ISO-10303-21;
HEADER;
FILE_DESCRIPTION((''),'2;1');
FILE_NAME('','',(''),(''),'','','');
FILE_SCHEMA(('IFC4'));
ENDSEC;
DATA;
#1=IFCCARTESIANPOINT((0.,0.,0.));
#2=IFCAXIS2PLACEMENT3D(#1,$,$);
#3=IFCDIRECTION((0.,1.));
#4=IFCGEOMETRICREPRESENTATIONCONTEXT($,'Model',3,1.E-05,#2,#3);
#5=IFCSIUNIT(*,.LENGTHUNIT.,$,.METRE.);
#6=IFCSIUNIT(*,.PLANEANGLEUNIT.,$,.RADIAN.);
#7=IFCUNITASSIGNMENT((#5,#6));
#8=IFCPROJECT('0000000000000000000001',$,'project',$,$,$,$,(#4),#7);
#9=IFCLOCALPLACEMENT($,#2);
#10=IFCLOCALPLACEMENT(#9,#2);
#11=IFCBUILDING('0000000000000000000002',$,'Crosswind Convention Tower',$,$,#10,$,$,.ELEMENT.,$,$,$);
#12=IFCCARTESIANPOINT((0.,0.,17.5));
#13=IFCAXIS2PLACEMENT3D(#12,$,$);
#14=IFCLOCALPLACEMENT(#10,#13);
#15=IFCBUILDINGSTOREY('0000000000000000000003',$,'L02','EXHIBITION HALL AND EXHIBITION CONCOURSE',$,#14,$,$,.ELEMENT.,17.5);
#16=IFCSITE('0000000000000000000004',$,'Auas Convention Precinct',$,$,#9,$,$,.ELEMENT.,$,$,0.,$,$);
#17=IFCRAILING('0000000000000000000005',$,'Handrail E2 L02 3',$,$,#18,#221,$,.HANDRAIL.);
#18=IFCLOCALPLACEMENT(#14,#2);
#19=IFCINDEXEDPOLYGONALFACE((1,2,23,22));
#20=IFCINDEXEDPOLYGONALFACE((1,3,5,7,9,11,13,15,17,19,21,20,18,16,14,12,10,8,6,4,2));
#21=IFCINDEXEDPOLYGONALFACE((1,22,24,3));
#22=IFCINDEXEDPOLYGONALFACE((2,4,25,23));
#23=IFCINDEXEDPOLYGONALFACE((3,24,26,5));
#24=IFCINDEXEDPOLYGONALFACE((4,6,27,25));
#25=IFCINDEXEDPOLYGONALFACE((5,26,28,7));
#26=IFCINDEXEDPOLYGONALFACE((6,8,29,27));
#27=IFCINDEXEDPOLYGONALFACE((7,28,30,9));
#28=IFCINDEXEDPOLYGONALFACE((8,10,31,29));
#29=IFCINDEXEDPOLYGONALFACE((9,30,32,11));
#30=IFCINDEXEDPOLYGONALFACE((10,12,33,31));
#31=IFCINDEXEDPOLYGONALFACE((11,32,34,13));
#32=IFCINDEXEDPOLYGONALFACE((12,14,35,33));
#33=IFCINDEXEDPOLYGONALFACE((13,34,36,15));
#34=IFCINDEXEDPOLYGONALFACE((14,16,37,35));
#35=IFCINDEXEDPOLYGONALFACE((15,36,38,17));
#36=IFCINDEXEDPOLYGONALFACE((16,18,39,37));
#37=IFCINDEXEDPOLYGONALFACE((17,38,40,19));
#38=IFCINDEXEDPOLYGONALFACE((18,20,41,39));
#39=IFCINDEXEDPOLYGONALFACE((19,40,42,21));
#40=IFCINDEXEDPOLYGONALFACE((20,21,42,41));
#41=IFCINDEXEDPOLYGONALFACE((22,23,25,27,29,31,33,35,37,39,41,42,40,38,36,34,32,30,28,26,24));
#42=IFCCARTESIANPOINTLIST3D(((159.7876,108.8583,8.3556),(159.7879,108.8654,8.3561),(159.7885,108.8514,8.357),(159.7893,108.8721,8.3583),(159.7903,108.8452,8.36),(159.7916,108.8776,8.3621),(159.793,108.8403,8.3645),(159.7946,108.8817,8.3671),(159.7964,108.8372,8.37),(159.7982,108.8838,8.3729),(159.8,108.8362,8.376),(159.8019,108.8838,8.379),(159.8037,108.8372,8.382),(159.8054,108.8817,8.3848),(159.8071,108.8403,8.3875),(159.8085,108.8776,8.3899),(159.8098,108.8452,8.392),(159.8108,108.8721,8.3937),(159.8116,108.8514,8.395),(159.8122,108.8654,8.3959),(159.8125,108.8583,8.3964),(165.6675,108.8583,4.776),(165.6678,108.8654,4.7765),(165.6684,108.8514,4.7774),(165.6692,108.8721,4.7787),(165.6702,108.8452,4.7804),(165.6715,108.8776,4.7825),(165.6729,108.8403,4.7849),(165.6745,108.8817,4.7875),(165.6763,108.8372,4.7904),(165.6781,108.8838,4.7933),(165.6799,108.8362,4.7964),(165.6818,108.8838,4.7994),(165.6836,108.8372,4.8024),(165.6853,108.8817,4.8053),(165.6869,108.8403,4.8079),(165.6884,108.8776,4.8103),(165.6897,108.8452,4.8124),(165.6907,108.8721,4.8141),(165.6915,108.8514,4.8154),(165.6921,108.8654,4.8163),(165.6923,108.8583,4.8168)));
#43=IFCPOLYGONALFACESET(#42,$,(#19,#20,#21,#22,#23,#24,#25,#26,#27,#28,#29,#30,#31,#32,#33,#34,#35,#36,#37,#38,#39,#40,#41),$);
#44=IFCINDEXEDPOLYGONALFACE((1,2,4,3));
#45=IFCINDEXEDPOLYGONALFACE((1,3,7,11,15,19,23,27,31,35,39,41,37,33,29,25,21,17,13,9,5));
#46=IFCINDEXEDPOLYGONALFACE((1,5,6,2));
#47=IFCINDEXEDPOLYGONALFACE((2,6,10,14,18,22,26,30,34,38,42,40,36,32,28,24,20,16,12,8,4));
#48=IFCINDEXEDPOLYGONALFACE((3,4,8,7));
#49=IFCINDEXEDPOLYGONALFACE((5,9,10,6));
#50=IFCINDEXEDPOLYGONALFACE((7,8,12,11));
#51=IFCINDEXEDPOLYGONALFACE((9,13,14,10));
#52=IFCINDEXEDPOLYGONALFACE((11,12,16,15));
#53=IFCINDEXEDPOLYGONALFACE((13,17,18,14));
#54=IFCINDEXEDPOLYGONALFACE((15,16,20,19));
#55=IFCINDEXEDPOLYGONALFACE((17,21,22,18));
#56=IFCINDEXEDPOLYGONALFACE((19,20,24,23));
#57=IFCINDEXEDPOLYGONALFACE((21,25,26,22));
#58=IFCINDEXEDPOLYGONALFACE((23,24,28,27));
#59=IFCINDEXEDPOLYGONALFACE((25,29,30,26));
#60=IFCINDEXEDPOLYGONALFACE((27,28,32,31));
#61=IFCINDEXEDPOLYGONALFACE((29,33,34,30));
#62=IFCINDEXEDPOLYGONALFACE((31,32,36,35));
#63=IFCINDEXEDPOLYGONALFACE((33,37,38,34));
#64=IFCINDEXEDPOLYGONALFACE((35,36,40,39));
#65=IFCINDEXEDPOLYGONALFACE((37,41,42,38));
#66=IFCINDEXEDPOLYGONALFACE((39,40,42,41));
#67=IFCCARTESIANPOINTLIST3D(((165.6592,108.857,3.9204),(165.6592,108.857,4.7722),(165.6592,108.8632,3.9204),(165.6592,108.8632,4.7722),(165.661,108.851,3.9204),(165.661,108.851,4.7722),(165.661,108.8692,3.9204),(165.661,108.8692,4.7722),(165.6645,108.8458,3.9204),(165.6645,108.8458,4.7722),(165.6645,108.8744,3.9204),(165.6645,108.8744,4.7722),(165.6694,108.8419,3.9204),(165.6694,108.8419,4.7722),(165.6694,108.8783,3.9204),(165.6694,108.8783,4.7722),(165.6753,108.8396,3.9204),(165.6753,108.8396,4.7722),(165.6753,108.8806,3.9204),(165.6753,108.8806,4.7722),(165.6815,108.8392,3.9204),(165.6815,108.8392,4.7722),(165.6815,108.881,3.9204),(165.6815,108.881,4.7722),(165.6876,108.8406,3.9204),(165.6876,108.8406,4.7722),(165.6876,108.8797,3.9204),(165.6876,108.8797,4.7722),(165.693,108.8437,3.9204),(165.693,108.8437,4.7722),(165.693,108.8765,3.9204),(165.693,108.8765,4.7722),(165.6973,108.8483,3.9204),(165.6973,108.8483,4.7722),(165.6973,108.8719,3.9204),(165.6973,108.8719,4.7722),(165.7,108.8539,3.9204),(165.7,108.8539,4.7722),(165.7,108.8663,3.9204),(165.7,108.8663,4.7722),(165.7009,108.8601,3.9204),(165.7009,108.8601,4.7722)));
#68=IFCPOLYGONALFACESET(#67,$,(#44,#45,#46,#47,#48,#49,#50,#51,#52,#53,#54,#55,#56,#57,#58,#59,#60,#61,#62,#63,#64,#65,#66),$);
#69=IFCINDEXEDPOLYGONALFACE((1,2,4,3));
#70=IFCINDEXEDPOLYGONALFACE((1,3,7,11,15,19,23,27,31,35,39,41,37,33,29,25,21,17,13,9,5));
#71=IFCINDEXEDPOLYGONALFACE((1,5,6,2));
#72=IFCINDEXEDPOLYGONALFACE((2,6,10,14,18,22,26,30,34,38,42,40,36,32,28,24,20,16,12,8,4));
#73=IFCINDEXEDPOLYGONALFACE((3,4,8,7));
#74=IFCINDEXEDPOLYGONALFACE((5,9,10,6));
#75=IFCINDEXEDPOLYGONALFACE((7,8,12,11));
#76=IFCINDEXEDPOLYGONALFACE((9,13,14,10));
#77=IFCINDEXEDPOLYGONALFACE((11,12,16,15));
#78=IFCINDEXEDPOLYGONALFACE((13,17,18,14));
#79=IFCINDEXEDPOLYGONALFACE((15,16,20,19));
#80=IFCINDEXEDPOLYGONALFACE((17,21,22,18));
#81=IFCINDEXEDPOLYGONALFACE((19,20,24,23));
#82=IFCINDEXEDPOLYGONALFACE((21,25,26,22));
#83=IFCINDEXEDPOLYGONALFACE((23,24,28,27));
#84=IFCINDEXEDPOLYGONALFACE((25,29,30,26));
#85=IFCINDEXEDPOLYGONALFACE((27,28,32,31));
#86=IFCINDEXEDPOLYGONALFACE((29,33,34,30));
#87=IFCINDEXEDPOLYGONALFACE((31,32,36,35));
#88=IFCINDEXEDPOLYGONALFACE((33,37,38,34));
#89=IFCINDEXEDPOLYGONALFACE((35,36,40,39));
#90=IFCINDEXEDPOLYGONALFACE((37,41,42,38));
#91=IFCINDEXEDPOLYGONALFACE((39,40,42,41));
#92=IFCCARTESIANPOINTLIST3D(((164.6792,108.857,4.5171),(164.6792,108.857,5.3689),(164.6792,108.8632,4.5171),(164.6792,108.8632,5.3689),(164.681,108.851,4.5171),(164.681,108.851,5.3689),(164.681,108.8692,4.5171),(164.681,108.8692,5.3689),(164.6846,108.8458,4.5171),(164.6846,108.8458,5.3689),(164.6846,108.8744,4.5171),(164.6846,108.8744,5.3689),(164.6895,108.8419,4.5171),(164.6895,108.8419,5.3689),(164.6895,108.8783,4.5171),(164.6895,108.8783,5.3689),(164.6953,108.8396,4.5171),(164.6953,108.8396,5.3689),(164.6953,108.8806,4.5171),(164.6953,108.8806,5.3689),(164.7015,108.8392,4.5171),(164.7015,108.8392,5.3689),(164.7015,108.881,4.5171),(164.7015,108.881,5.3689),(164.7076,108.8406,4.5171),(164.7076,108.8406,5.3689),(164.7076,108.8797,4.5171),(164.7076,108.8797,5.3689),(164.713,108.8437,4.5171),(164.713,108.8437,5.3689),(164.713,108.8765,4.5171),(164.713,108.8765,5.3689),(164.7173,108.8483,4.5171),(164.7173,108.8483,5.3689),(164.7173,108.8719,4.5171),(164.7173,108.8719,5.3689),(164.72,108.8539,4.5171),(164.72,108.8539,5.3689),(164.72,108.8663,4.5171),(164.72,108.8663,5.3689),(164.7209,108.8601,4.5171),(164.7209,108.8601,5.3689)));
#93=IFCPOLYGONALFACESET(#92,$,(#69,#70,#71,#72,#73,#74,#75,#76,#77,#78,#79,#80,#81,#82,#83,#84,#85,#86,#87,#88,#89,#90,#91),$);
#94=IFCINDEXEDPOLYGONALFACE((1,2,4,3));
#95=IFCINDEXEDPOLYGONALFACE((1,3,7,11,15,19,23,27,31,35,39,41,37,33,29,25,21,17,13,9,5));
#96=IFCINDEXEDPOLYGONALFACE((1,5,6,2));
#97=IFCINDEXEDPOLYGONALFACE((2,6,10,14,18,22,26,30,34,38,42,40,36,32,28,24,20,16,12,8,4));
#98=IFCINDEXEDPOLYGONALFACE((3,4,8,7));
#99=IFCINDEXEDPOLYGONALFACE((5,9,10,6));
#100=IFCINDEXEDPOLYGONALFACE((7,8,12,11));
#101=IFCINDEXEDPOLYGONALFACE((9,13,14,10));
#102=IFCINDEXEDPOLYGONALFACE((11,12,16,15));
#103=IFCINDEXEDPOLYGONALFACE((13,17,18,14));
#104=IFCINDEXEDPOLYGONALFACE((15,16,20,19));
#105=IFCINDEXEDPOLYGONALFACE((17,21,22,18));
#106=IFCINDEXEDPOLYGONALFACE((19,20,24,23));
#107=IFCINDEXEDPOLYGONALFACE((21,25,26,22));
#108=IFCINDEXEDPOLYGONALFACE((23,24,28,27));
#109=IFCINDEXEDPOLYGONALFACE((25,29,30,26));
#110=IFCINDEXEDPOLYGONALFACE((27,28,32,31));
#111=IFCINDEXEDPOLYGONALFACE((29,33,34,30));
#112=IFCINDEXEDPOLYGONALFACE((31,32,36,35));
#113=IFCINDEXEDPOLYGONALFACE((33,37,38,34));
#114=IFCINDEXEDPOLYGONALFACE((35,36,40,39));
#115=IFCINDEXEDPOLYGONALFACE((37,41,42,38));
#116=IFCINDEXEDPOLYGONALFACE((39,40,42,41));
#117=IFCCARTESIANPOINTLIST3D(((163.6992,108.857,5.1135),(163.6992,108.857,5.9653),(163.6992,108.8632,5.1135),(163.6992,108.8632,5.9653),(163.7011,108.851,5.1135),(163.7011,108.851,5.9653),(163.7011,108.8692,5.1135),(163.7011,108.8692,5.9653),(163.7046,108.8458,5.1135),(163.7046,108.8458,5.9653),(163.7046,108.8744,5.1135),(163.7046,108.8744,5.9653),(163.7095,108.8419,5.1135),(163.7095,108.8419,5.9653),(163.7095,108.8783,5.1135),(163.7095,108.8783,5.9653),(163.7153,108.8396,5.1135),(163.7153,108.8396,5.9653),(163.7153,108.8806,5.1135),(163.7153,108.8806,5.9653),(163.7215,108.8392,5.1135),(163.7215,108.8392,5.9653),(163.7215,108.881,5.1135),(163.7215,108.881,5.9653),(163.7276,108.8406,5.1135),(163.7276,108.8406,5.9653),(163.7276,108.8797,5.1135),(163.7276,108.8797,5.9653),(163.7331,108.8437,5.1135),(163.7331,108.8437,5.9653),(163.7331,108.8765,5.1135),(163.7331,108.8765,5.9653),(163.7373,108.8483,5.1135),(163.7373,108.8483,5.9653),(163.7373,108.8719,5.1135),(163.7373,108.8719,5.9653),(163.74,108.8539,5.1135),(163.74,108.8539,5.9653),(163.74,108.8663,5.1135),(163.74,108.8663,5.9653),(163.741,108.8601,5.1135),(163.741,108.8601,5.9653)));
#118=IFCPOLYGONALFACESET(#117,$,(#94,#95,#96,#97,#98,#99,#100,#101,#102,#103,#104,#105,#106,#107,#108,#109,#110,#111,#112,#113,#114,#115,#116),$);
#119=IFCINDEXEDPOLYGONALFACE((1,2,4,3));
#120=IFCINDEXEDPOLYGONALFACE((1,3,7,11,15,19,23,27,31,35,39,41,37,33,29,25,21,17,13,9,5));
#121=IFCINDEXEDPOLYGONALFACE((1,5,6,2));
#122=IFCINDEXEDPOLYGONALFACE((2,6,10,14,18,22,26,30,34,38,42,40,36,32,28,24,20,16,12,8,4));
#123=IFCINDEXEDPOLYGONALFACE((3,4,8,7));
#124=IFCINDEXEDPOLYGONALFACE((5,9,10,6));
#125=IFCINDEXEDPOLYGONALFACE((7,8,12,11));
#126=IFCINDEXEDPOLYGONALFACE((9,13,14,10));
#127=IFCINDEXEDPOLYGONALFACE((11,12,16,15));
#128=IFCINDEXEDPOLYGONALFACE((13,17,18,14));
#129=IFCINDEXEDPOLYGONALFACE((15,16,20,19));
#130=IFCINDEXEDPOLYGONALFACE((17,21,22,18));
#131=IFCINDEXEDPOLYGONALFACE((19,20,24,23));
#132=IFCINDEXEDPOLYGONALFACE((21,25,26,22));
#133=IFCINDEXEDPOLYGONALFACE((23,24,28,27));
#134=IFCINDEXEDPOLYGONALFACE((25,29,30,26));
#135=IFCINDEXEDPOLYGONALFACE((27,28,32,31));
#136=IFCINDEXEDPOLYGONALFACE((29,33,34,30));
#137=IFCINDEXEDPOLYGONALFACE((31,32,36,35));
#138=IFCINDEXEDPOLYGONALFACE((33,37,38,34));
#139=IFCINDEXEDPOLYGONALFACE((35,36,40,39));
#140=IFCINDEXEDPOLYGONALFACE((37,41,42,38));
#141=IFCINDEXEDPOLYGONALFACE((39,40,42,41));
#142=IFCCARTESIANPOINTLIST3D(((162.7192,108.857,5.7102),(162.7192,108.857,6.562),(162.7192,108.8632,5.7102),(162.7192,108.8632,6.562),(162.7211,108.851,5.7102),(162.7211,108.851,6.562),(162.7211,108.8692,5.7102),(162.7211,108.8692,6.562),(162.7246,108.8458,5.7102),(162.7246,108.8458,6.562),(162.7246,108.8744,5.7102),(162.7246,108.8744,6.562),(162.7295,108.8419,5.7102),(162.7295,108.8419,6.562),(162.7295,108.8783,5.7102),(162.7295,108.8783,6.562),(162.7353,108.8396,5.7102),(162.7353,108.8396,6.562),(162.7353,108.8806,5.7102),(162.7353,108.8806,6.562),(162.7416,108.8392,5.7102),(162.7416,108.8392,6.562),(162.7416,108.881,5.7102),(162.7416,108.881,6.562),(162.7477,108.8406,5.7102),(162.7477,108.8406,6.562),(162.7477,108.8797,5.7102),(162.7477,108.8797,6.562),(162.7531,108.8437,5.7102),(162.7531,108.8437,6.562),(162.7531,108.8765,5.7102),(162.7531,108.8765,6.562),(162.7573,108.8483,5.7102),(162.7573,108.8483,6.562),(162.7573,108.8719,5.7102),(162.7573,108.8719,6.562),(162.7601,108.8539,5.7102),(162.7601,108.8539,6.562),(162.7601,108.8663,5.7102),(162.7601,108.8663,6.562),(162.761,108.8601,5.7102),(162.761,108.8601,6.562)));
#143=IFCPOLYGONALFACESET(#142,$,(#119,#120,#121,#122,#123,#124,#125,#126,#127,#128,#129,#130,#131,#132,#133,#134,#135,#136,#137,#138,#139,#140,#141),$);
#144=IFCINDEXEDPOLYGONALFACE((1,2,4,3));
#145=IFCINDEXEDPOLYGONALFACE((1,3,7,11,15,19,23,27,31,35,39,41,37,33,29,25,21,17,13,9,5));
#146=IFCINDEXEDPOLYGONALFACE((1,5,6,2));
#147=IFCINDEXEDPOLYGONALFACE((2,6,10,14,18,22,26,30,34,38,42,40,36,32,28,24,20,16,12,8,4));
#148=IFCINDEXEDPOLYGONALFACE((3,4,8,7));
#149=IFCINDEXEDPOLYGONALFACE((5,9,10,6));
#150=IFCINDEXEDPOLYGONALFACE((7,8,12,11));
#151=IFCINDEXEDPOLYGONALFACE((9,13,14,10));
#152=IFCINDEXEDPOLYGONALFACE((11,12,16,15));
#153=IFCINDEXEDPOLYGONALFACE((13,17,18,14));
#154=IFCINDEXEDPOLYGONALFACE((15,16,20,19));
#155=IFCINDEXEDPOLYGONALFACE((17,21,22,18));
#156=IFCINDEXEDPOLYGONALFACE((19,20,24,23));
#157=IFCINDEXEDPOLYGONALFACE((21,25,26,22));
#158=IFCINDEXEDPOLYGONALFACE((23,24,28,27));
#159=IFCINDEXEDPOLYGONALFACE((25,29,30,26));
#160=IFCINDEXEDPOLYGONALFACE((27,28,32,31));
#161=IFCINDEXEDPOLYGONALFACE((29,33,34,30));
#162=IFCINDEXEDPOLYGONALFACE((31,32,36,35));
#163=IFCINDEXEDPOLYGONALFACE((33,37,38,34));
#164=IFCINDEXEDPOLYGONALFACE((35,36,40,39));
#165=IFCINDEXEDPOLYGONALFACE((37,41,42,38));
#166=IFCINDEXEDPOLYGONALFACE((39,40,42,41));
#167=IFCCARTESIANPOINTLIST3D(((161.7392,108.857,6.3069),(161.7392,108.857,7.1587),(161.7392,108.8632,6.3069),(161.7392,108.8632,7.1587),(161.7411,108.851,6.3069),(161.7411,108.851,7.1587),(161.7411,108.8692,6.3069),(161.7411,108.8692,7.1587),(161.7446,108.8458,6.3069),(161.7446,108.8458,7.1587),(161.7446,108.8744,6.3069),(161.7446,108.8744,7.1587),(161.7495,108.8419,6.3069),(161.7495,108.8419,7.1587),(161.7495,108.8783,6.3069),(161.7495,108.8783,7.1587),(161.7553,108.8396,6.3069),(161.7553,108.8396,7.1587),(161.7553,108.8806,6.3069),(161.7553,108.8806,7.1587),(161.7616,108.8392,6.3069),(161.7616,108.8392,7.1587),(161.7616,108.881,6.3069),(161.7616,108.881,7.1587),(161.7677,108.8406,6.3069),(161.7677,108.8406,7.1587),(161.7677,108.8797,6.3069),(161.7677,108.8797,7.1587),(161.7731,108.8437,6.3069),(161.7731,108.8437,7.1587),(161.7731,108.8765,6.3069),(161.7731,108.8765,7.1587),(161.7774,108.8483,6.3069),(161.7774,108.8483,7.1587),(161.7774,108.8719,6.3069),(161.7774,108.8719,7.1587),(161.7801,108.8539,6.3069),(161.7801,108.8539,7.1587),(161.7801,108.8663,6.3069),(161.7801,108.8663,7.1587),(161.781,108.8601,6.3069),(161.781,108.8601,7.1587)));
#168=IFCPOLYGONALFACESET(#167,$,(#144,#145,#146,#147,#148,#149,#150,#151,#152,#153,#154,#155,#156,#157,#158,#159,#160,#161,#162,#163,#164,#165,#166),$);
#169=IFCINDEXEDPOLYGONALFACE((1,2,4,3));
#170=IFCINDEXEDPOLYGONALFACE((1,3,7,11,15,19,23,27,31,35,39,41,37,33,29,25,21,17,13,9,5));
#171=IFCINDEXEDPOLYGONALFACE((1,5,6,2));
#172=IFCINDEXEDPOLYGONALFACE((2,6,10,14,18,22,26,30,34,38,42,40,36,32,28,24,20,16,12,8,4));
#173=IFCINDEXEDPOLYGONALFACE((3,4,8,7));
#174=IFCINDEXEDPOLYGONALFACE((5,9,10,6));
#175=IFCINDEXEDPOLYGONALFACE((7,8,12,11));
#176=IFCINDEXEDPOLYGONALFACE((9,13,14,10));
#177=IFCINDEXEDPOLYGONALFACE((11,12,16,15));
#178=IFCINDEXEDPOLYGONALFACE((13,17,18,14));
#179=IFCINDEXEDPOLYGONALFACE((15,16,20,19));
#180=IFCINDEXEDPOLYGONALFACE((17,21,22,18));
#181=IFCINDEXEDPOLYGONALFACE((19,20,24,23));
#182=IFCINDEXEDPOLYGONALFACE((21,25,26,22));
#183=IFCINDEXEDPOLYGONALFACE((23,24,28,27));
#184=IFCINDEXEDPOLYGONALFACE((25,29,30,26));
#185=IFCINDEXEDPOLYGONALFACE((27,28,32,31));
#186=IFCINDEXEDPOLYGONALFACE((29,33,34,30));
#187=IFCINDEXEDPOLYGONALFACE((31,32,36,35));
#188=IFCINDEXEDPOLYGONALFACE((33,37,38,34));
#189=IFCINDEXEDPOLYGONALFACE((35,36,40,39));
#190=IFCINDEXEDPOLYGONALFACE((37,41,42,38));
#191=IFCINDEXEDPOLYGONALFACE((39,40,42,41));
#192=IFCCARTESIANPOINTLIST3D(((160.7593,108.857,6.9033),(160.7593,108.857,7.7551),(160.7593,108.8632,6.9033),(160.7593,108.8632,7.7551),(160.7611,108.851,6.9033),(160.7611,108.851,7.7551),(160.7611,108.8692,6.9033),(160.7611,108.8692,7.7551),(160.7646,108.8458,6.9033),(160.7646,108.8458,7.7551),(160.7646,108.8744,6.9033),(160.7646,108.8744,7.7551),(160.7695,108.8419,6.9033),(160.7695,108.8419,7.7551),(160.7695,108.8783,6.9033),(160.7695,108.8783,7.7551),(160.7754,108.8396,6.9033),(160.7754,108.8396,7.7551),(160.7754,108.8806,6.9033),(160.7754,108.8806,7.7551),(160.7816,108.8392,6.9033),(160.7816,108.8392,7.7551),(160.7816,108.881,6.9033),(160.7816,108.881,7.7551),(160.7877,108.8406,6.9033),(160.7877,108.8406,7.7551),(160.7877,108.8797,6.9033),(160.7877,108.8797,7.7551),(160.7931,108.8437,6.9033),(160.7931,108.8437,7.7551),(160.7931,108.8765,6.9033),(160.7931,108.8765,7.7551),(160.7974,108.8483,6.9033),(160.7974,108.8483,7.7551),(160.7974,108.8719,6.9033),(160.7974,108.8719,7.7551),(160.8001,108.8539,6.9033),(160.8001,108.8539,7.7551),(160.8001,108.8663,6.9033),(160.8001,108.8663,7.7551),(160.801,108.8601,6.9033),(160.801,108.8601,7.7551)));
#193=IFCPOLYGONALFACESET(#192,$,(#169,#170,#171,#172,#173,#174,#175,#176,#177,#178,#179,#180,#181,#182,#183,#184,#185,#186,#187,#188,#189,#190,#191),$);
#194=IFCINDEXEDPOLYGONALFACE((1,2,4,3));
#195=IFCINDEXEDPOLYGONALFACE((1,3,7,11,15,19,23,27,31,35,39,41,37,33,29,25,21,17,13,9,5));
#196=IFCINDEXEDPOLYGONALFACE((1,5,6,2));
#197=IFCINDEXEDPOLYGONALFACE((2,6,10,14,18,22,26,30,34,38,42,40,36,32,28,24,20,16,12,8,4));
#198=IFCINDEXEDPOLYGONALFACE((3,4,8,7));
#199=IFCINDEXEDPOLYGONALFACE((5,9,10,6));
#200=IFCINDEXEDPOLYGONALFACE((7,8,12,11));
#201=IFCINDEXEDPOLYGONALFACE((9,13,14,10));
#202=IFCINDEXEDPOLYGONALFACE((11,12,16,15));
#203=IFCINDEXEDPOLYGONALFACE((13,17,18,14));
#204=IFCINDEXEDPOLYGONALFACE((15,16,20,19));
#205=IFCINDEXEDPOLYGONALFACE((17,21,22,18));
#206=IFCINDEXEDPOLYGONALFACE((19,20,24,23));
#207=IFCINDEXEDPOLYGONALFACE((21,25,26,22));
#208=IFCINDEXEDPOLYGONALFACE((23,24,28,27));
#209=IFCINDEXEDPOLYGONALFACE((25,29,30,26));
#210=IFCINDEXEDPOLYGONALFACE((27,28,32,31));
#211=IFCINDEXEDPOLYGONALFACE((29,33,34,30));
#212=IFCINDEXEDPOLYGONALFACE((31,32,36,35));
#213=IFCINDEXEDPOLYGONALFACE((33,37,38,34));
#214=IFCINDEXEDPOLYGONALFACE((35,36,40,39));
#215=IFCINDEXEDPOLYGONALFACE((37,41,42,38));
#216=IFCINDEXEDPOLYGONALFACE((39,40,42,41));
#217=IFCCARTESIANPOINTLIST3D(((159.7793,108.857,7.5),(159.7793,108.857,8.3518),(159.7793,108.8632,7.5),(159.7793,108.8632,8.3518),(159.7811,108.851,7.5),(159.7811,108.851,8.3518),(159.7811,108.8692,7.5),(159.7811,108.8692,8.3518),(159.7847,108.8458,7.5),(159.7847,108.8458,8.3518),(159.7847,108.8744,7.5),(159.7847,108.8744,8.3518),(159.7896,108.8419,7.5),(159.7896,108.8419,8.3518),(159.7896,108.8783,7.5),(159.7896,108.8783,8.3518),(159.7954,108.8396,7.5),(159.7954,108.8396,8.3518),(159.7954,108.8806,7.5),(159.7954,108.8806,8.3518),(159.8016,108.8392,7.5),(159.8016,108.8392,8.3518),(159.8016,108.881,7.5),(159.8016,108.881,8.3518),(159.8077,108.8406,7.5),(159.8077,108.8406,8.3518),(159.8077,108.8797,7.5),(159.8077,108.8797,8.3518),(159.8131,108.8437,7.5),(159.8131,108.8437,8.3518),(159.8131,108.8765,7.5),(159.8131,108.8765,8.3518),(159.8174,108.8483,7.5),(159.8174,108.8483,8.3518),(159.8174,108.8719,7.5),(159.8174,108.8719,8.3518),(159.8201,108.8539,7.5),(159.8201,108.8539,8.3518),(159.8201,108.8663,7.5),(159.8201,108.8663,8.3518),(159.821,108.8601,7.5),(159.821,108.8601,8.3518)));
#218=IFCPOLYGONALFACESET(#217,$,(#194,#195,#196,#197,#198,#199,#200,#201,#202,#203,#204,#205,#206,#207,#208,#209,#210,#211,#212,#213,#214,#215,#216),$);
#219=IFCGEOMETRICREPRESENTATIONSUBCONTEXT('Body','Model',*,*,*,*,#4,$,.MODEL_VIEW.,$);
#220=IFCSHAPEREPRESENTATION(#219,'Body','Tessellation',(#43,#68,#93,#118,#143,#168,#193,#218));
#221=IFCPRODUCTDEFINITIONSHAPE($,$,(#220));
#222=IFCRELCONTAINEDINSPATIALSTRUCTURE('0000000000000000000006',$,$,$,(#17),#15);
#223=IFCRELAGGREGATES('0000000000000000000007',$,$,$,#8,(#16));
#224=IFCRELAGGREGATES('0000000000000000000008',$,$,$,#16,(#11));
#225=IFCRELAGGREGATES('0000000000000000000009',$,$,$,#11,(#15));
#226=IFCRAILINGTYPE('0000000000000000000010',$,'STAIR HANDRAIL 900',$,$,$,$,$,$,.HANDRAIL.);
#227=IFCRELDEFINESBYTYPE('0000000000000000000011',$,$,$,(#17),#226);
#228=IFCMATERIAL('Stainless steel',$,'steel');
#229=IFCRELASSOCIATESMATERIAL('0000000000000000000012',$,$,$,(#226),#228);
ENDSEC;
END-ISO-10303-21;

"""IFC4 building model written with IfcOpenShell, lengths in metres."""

from ifc_helpers import new_model, si_unit, direction, frame, origin, origin_2d, place, context, subcontext, project, spatial, circle, extrude, material, type_object, element, save


model = new_model("IFC4")

# Units and contexts
model_context = context("Model", 3, precision=1e-05, world=origin(), true_north=direction((0.0, 1.0)))
body_context = subcontext(model_context, "Body", "Model", "MODEL_VIEW")
ifc_project = project(units=[si_unit("LENGTHUNIT", "METRE"), si_unit("PLANEANGLEUNIT", "RADIAN")], contexts=[model_context])

# Site, building, storey
site_placement = place(None, origin())
site = spatial("IfcSite", under=ifc_project, at=site_placement, Name="Auas Convention Precinct", CompositionType="ELEMENT", RefElevation=0.0)
building_placement = place(site_placement, origin())
building = spatial("IfcBuilding", under=site, at=building_placement, Name="Crosswind Convention Tower", CompositionType="ELEMENT")
storey_placement = place(building_placement, frame((0.0, 0.0, 17.5)))
storey = spatial("IfcBuildingStorey", under=building, at=storey_placement, Name="L02", Description="EXHIBITION HALL AND EXHIBITION CONCOURSE", CompositionType="ELEMENT", Elevation=17.5)

# Railing
ifc_material_1 = material(Name="Stainless steel", Category="steel")
railing_type = type_object("IfcRailingType", Name="STAIR HANDRAIL 900", PredefinedType="HANDRAIL", material=ifc_material_1)
railing_placement = place(storey_placement, frame((165.6799, 108.8601, 3.9204)))
element("IfcRailing", 1, at=railing_placement, inside=storey, type_object=railing_type, Name="Handrail E2 L02 3", PredefinedType="HANDRAIL", context=body_context, shape_type="SweptSolid", body=[
    extrude(circle(Radius=0.0239, at=origin_2d()), frame((0.0, 0.0, 0.876), z_axis=(-0.854164, 0.0, 0.520003), x_axis=(0.0, -1.0, 0.0)), (0.0, 0.0, 1.0), 6.8838),
    extrude(circle(Radius=0.021, at=origin_2d()), origin(), (0.0, 0.0, 1.0), 0.8518),
    extrude(circle(Radius=0.021, at=origin_2d()), frame((-0.98, 0.0, 0.5967)), (0.0, 0.0, 1.0), 0.8518),
    extrude(circle(Radius=0.021, at=origin_2d()), frame((-1.96, 0.0, 1.1931)), (0.0, 0.0, 1.0), 0.8518),
    extrude(circle(Radius=0.021, at=origin_2d()), frame((-2.9399, 0.0, 1.7898)), (0.0, 0.0, 1.0), 0.8518),
    extrude(circle(Radius=0.021, at=origin_2d()), frame((-3.9199, 0.0, 2.3865)), (0.0, 0.0, 1.0), 0.8518),
    extrude(circle(Radius=0.021, at=origin_2d()), frame((-4.8999, 0.0, 2.9829)), (0.0, 0.0, 1.0), 0.8518),
    extrude(circle(Radius=0.021, at=origin_2d()), frame((-5.8799, 0.0, 3.5796)), (0.0, 0.0, 1.0), 0.8518),
])

save(model, "model.ifc")
